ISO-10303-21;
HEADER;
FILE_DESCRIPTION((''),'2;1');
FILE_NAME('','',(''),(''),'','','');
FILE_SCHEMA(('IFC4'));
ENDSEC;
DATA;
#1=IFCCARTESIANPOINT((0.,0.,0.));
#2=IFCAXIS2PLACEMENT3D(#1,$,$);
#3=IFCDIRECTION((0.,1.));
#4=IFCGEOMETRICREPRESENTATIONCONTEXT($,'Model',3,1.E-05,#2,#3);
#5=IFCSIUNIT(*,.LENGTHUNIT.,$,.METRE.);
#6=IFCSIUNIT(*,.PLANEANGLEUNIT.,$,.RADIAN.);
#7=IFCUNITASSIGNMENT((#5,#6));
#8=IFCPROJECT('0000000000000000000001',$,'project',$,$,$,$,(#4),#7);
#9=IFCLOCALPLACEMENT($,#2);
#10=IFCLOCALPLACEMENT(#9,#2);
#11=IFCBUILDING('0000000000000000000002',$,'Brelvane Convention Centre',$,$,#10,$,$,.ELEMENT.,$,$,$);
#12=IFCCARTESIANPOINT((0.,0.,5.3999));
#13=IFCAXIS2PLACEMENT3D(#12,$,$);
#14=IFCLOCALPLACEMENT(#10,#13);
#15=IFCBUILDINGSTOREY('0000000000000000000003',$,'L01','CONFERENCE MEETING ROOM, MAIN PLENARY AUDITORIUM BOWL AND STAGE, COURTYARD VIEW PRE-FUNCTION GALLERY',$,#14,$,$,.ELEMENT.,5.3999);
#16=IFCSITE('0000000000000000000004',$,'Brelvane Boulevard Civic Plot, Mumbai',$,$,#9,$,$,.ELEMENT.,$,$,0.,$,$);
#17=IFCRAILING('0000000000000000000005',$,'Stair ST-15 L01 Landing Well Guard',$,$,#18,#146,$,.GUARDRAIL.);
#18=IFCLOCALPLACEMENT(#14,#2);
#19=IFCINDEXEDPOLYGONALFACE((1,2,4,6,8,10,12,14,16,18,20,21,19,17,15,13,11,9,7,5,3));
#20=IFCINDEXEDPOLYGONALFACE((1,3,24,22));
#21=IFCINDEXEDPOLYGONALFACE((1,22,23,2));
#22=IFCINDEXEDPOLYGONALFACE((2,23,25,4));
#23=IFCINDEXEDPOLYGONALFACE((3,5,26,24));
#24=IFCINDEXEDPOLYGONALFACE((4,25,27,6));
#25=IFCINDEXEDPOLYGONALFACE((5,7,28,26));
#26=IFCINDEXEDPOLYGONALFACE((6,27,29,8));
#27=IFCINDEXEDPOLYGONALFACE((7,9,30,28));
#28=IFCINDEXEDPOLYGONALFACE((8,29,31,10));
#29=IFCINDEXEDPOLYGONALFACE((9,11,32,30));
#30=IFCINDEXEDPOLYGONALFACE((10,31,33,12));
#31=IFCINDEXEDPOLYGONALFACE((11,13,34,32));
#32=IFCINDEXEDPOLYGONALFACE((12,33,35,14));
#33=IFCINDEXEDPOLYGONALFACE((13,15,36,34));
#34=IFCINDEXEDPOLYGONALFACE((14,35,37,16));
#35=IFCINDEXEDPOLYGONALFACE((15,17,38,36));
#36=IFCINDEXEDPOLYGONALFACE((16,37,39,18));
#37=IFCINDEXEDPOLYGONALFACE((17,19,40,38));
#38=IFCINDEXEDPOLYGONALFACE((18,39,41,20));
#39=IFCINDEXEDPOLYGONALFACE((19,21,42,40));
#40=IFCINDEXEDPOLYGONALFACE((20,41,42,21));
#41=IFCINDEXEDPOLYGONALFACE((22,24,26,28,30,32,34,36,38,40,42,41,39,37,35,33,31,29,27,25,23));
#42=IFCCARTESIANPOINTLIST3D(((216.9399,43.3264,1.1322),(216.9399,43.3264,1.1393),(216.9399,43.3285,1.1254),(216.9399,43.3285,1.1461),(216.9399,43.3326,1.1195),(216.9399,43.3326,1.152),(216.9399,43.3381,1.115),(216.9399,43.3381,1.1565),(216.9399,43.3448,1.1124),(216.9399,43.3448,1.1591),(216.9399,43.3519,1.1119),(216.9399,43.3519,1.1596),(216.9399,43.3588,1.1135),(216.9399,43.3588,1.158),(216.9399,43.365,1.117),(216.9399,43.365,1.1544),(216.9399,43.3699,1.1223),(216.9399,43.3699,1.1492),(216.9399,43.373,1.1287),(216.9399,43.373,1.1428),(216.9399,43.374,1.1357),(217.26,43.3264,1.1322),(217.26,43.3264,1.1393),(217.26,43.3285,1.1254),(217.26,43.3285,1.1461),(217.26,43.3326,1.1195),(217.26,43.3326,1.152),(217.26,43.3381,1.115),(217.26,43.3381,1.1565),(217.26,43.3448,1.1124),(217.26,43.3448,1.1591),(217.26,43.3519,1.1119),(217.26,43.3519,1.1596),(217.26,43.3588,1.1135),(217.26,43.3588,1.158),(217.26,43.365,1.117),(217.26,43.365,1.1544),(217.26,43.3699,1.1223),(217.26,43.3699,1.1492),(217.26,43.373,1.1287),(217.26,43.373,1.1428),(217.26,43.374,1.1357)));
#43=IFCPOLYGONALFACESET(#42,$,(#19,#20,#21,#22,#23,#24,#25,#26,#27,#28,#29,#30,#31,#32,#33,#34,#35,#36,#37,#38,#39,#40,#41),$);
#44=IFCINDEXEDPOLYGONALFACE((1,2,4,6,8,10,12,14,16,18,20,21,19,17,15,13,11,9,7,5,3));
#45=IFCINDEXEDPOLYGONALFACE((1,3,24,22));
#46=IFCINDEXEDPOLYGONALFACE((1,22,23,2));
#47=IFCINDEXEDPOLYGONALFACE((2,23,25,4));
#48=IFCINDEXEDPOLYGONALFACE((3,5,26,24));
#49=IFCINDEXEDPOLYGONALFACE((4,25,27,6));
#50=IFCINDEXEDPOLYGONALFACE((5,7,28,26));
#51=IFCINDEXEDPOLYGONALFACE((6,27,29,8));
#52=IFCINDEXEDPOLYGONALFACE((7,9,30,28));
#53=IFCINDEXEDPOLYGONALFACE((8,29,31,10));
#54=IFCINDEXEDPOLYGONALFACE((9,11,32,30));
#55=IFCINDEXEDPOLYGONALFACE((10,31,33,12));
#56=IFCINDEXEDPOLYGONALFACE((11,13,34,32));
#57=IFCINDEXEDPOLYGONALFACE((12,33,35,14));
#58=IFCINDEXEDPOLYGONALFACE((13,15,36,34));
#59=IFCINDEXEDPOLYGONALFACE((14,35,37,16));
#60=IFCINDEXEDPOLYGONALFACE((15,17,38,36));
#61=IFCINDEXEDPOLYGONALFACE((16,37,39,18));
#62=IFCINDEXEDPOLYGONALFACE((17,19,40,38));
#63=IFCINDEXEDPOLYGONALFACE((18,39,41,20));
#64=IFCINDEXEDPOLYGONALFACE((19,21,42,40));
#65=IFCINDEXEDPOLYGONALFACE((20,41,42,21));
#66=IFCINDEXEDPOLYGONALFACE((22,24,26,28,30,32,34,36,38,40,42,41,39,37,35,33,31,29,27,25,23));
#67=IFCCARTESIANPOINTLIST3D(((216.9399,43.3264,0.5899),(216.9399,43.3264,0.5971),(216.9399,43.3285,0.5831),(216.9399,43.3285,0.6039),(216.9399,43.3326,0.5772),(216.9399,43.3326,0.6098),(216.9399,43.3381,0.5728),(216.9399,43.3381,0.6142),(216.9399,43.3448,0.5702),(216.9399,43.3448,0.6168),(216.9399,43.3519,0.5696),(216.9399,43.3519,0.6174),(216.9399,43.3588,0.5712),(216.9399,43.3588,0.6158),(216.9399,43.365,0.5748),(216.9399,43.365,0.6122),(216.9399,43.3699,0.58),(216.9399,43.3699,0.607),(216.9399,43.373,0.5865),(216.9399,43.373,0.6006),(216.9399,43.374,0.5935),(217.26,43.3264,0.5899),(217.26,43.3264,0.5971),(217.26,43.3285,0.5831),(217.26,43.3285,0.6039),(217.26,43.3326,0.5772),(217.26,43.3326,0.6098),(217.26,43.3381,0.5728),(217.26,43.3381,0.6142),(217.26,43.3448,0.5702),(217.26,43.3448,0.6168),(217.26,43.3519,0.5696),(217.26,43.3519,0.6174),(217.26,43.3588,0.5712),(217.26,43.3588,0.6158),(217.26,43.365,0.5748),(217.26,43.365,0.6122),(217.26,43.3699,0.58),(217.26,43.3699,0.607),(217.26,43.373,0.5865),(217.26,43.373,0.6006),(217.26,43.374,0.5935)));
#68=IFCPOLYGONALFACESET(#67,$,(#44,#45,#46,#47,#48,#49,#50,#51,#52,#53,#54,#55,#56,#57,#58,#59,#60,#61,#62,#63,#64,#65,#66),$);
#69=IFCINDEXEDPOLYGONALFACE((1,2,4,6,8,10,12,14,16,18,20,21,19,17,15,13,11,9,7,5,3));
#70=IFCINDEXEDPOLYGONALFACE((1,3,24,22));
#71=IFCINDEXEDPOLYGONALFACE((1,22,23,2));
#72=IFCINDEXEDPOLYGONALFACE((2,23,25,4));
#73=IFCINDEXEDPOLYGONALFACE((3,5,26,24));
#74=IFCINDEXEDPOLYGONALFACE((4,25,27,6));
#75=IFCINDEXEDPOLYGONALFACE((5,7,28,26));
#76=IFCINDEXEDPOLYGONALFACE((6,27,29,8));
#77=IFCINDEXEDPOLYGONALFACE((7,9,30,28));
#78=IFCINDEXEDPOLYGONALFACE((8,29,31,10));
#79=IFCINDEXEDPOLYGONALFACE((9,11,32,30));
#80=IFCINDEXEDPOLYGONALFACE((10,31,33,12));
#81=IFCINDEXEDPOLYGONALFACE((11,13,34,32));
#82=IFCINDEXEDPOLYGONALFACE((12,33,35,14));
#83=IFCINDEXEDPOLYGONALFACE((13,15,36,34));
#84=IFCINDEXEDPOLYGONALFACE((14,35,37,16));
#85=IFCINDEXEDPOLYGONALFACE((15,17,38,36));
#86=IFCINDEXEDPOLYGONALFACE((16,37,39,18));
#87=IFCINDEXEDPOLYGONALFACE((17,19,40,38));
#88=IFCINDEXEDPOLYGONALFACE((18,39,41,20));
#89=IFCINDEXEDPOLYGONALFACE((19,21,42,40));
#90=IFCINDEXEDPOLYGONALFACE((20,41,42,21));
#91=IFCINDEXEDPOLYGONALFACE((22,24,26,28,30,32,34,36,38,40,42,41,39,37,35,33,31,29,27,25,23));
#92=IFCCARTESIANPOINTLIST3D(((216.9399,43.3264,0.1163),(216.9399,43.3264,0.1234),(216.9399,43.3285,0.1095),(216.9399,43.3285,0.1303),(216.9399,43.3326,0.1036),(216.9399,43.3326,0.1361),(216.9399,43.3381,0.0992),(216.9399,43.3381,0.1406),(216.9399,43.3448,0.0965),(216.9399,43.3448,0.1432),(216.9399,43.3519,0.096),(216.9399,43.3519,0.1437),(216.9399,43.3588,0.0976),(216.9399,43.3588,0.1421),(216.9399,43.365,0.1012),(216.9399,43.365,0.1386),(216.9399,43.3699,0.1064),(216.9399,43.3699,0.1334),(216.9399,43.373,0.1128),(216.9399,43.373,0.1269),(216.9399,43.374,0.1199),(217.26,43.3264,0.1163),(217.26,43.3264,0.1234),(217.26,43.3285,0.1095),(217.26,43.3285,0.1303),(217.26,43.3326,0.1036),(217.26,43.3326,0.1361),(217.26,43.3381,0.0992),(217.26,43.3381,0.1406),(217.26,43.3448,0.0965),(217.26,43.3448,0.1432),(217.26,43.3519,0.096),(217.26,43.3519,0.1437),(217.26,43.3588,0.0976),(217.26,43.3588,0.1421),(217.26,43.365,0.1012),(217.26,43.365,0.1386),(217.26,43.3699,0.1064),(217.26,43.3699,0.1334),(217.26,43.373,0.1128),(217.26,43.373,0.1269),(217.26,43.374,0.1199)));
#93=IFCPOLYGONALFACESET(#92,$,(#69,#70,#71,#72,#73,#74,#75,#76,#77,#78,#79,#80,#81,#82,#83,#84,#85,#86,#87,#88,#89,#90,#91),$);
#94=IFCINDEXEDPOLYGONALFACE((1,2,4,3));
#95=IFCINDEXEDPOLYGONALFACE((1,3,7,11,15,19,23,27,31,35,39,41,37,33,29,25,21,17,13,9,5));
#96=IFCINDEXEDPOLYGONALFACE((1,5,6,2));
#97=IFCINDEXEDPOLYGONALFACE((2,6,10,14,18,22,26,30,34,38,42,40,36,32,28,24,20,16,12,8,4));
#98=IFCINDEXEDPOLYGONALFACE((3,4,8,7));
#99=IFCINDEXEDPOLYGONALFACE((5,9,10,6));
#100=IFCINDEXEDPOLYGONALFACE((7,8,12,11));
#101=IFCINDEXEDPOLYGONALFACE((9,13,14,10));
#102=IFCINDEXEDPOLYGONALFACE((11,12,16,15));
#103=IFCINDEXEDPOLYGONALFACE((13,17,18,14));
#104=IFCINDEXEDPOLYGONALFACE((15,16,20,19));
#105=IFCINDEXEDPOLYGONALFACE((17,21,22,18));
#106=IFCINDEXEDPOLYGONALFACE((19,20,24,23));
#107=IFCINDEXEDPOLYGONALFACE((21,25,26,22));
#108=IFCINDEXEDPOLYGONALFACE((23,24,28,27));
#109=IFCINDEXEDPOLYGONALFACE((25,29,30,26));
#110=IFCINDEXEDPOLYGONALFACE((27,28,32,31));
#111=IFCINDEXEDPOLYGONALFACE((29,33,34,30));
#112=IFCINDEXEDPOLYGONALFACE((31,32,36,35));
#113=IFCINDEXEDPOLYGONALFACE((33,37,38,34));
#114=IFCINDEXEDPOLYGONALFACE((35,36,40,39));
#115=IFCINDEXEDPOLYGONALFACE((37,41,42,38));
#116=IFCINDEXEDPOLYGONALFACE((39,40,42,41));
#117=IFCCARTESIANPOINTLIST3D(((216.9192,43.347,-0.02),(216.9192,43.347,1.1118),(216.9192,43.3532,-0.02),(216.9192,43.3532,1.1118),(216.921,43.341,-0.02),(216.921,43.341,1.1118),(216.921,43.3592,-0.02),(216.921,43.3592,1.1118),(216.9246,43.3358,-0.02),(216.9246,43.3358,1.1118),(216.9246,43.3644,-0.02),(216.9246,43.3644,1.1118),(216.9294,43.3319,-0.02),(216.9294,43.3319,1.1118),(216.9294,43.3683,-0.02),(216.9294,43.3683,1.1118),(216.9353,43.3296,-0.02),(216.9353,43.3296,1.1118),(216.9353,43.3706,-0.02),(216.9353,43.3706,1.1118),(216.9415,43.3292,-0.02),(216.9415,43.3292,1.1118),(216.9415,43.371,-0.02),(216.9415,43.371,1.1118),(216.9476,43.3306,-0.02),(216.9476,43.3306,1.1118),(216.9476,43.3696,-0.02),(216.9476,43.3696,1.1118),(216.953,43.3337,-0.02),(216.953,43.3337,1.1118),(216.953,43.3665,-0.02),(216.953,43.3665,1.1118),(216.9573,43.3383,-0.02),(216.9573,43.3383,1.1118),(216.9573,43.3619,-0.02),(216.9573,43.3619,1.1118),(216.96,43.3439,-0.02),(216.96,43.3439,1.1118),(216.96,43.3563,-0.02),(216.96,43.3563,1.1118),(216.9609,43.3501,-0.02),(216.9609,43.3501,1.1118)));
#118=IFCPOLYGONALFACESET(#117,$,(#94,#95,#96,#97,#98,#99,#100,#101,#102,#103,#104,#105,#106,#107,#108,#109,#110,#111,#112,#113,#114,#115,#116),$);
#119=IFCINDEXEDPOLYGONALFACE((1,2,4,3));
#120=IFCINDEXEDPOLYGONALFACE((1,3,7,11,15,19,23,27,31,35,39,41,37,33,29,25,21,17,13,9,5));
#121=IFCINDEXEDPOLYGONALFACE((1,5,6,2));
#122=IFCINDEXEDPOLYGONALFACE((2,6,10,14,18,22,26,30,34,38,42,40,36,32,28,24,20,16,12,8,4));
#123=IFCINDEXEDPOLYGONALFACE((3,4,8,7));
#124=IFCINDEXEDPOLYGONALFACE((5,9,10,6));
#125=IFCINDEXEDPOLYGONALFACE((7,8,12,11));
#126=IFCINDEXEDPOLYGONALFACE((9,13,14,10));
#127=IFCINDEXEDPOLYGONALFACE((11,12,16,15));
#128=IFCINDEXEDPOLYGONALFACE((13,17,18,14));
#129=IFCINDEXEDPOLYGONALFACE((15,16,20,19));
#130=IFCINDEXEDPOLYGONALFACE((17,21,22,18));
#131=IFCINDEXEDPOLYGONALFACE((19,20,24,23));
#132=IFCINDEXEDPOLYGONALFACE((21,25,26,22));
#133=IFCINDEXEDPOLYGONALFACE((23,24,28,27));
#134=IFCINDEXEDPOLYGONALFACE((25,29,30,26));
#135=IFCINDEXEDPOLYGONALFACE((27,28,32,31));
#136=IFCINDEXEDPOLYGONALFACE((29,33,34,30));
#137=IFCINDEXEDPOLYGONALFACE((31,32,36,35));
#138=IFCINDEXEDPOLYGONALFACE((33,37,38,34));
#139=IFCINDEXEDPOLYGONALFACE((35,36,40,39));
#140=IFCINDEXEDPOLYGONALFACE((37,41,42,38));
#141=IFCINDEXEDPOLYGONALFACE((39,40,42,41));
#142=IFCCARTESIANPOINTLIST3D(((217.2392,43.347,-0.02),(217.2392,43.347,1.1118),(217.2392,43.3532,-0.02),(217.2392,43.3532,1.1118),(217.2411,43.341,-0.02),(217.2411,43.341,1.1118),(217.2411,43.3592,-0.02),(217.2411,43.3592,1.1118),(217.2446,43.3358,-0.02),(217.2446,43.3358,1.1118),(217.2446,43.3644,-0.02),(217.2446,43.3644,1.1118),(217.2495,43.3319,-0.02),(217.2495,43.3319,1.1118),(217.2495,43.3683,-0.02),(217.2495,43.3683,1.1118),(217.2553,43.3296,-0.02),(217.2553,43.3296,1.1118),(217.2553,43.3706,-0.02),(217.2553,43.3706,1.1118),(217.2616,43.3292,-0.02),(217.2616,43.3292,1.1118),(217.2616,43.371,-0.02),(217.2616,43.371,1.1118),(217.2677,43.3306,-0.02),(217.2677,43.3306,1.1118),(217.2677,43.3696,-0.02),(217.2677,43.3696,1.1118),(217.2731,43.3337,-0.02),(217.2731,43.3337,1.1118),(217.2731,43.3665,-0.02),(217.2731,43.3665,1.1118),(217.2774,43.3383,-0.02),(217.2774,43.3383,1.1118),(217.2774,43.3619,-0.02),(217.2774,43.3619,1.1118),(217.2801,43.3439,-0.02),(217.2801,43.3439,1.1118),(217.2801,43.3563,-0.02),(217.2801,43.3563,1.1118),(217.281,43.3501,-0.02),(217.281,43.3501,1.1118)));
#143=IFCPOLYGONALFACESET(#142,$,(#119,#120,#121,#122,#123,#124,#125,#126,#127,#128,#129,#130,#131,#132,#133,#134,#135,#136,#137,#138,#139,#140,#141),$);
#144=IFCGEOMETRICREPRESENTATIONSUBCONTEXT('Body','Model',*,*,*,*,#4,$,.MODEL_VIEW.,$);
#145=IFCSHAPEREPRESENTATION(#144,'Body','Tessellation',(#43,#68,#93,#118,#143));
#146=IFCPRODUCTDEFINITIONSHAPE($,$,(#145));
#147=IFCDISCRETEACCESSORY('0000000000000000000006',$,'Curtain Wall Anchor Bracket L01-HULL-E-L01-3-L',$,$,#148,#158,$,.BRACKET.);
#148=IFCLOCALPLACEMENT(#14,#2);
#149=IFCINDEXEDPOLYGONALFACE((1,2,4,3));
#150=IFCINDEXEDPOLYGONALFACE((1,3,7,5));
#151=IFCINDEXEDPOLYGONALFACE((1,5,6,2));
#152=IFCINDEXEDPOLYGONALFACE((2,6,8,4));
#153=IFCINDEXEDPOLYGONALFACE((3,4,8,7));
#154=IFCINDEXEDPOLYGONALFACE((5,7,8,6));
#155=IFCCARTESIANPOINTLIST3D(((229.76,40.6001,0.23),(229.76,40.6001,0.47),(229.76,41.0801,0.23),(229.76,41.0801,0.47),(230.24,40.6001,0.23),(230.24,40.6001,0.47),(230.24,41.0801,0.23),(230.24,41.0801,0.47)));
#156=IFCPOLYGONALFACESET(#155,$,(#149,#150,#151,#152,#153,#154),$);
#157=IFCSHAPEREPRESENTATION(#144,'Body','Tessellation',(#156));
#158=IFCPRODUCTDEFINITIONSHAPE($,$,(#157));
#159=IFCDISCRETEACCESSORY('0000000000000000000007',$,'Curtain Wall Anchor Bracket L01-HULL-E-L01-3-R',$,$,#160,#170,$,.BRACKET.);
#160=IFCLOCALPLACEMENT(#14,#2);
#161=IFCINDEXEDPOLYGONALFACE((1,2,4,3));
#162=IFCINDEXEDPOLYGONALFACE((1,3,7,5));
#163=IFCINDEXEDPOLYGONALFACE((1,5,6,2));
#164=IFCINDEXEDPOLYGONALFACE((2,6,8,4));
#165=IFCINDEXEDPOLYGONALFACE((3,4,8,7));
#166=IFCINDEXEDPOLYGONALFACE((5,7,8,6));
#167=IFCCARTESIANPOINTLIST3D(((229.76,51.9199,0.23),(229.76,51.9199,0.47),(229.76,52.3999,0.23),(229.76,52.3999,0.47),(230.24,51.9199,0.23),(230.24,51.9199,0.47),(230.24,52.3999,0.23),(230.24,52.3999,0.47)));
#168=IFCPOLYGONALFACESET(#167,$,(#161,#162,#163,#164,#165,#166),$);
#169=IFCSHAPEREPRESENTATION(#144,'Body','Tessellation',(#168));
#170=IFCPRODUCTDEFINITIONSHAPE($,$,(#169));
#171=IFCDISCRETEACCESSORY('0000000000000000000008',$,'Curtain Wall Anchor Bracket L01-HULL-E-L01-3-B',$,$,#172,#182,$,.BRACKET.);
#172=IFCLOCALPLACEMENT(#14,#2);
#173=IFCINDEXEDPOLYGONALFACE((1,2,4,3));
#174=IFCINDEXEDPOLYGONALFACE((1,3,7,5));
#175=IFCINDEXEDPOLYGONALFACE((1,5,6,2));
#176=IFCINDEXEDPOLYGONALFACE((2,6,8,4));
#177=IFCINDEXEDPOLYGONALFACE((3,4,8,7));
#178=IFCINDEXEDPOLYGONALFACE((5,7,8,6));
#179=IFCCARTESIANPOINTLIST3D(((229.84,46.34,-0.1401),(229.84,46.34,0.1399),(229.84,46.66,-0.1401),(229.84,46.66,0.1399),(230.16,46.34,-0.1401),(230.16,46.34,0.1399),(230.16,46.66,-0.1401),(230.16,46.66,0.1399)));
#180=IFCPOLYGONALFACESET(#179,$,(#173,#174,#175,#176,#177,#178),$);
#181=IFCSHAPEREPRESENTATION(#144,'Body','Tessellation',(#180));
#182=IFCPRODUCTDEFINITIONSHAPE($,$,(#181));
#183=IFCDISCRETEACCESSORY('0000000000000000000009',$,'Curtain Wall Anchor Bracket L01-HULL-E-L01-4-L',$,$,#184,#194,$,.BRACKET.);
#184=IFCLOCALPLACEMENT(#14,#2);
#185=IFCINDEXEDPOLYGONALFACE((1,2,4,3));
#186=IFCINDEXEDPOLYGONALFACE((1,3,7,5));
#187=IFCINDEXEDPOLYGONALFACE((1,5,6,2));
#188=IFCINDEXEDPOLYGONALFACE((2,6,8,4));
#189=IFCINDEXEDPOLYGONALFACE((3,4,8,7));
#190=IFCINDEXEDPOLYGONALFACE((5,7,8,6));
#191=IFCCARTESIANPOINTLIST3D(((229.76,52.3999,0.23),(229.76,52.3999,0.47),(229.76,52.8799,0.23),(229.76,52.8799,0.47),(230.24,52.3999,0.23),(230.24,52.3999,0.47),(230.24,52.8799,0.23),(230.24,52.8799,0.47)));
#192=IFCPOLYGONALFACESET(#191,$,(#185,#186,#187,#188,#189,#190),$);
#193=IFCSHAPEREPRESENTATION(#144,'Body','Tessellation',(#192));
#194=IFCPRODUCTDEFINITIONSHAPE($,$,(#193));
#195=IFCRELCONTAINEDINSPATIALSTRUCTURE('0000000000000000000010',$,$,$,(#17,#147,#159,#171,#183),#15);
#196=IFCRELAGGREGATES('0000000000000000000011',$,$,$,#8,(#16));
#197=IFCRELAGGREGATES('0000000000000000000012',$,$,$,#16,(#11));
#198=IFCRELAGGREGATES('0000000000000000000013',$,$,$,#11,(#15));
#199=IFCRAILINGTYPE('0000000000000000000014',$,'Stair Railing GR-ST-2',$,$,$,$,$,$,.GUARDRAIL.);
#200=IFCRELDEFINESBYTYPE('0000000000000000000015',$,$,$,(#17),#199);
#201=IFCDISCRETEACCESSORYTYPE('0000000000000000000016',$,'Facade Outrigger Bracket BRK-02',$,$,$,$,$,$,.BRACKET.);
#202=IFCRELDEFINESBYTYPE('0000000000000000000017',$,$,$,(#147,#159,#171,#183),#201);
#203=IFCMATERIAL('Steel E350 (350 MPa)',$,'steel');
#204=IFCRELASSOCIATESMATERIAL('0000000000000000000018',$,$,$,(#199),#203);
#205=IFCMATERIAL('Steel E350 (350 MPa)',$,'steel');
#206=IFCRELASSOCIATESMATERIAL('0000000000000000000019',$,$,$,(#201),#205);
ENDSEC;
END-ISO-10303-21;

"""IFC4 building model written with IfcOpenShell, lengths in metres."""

from ifc_helpers import new_model, si_unit, direction, frame, origin, origin_2d, place, context, subcontext, project, spatial, rectangle, circle, extrude, material, type_object, element, save


model = new_model("IFC4")

# Units and contexts
model_context = context("Model", 3, precision=1e-05, world=origin(), true_north=direction((0.0, 1.0)))
body_context = subcontext(model_context, "Body", "Model", "MODEL_VIEW")
ifc_project = project(units=[si_unit("LENGTHUNIT", "METRE"), si_unit("PLANEANGLEUNIT", "RADIAN")], contexts=[model_context])

# Site, building, storey
site_placement = place(None, origin())
site = spatial("IfcSite", under=ifc_project, at=site_placement, Name="Brelvane Boulevard Civic Plot, Mumbai", CompositionType="ELEMENT", RefElevation=0.0)
building_placement = place(site_placement, origin())
building = spatial("IfcBuilding", under=site, at=building_placement, Name="Brelvane Convention Centre", CompositionType="ELEMENT")
storey_placement = place(building_placement, frame((0.0, 0.0, 5.3999)))
storey = spatial("IfcBuildingStorey", under=building, at=storey_placement, Name="L01", Description="CONFERENCE MEETING ROOM, MAIN PLENARY AUDITORIUM BOWL AND STAGE, COURTYARD VIEW PRE-FUNCTION GALLERY", CompositionType="ELEMENT", Elevation=5.3999)

# Railing
ifc_material_1 = material(Name="Steel E350 (350 MPa)", Category="steel")
railing_type_1 = type_object("IfcRailingType", Name="Stair Railing GR-ST-2", PredefinedType="GUARDRAIL", material=ifc_material_1)
railing_1_placement = place(storey_placement, frame((216.9399, 43.3501, -0.02)))
element("IfcRailing", 1, at=railing_1_placement, inside=storey, type_object=railing_type_1, Name="Stair ST-15 L01 Landing Well Guard", PredefinedType="GUARDRAIL", context=body_context, shape_type="SweptSolid", body=[
    extrude(circle(Radius=0.0239, at=origin_2d()), frame((0.0, 0.0, 1.1558), z_axis=(1.0, 0.0, 0.0), x_axis=(0.0, 1.0, 0.0)), (0.0, 0.0, 1.0), 0.3201),
    extrude(circle(Radius=0.0239, at=origin_2d()), frame((0.0, 0.0, 0.6135), z_axis=(1.0, 0.0, 0.0), x_axis=(0.0, 1.0, 0.0)), (0.0, 0.0, 1.0), 0.3201),
    extrude(circle(Radius=0.0239, at=origin_2d()), frame((0.0, 0.0, 0.1399), z_axis=(1.0, 0.0, 0.0), x_axis=(0.0, 1.0, 0.0)), (0.0, 0.0, 1.0), 0.3201),
    extrude(circle(Radius=0.021, at=origin_2d()), origin(), (0.0, 0.0, 1.0), 1.1318),
    extrude(circle(Radius=0.021, at=origin_2d()), frame((0.3201, 0.0, 0.0)), (0.0, 0.0, 1.0), 1.1318),
])

# Discrete accessories
ifc_material_2 = material(Name="Steel E350 (350 MPa)", Category="steel")
discrete_accessory_type = type_object("IfcDiscreteAccessoryType", Name="Facade Outrigger Bracket BRK-02", PredefinedType="BRACKET", material=ifc_material_2)
for number, where, z_axis, x_axis, name in (
    (2, (230.0, 40.8401, 0.23), (0.0, 0.0, 1.0), (1.0, 0.0, 0.0), "Curtain Wall Anchor Bracket L01-HULL-E-L01-3-L"),
    (3, (230.0, 52.1599, 0.23), (0.0, 0.0, 1.0), (1.0, 0.0, 0.0), "Curtain Wall Anchor Bracket L01-HULL-E-L01-3-R"),
):
    element("IfcDiscreteAccessory", number, at=place(storey_placement, frame(where, z_axis=z_axis, x_axis=x_axis)), inside=storey, type_object=discrete_accessory_type, Name=name, PredefinedType="BRACKET", context=body_context, shape_type="SweptSolid", body=[
        extrude(rectangle(XDim=0.48, YDim=0.48, at=origin_2d()), origin(), (0.0, 0.0, 1.0), 0.24),
    ])
discrete_accessory_1_placement = place(storey_placement, frame((230.0, 46.5, -0.1401), z_axis=(0.0, 0.0, 1.0), x_axis=(1.0, 0.0, 0.0)))
element("IfcDiscreteAccessory", 4, at=discrete_accessory_1_placement, inside=storey, type_object=discrete_accessory_type, Name="Curtain Wall Anchor Bracket L01-HULL-E-L01-3-B", PredefinedType="BRACKET", context=body_context, shape_type="SweptSolid", body=[
    extrude(rectangle(XDim=0.3201, YDim=0.3201, at=origin_2d()), origin(), (0.0, 0.0, 1.0), 0.28),
])
discrete_accessory_2_placement = place(storey_placement, frame((230.0, 52.6399, 0.23), z_axis=(0.0, 0.0, 1.0), x_axis=(1.0, 0.0, 0.0)))
element("IfcDiscreteAccessory", 5, at=discrete_accessory_2_placement, inside=storey, type_object=discrete_accessory_type, Name="Curtain Wall Anchor Bracket L01-HULL-E-L01-4-L", PredefinedType="BRACKET", context=body_context, shape_type="SweptSolid", body=[
    extrude(rectangle(XDim=0.48, YDim=0.48, at=origin_2d()), origin(), (0.0, 0.0, 1.0), 0.24),
])

save(model, "model.ifc")
